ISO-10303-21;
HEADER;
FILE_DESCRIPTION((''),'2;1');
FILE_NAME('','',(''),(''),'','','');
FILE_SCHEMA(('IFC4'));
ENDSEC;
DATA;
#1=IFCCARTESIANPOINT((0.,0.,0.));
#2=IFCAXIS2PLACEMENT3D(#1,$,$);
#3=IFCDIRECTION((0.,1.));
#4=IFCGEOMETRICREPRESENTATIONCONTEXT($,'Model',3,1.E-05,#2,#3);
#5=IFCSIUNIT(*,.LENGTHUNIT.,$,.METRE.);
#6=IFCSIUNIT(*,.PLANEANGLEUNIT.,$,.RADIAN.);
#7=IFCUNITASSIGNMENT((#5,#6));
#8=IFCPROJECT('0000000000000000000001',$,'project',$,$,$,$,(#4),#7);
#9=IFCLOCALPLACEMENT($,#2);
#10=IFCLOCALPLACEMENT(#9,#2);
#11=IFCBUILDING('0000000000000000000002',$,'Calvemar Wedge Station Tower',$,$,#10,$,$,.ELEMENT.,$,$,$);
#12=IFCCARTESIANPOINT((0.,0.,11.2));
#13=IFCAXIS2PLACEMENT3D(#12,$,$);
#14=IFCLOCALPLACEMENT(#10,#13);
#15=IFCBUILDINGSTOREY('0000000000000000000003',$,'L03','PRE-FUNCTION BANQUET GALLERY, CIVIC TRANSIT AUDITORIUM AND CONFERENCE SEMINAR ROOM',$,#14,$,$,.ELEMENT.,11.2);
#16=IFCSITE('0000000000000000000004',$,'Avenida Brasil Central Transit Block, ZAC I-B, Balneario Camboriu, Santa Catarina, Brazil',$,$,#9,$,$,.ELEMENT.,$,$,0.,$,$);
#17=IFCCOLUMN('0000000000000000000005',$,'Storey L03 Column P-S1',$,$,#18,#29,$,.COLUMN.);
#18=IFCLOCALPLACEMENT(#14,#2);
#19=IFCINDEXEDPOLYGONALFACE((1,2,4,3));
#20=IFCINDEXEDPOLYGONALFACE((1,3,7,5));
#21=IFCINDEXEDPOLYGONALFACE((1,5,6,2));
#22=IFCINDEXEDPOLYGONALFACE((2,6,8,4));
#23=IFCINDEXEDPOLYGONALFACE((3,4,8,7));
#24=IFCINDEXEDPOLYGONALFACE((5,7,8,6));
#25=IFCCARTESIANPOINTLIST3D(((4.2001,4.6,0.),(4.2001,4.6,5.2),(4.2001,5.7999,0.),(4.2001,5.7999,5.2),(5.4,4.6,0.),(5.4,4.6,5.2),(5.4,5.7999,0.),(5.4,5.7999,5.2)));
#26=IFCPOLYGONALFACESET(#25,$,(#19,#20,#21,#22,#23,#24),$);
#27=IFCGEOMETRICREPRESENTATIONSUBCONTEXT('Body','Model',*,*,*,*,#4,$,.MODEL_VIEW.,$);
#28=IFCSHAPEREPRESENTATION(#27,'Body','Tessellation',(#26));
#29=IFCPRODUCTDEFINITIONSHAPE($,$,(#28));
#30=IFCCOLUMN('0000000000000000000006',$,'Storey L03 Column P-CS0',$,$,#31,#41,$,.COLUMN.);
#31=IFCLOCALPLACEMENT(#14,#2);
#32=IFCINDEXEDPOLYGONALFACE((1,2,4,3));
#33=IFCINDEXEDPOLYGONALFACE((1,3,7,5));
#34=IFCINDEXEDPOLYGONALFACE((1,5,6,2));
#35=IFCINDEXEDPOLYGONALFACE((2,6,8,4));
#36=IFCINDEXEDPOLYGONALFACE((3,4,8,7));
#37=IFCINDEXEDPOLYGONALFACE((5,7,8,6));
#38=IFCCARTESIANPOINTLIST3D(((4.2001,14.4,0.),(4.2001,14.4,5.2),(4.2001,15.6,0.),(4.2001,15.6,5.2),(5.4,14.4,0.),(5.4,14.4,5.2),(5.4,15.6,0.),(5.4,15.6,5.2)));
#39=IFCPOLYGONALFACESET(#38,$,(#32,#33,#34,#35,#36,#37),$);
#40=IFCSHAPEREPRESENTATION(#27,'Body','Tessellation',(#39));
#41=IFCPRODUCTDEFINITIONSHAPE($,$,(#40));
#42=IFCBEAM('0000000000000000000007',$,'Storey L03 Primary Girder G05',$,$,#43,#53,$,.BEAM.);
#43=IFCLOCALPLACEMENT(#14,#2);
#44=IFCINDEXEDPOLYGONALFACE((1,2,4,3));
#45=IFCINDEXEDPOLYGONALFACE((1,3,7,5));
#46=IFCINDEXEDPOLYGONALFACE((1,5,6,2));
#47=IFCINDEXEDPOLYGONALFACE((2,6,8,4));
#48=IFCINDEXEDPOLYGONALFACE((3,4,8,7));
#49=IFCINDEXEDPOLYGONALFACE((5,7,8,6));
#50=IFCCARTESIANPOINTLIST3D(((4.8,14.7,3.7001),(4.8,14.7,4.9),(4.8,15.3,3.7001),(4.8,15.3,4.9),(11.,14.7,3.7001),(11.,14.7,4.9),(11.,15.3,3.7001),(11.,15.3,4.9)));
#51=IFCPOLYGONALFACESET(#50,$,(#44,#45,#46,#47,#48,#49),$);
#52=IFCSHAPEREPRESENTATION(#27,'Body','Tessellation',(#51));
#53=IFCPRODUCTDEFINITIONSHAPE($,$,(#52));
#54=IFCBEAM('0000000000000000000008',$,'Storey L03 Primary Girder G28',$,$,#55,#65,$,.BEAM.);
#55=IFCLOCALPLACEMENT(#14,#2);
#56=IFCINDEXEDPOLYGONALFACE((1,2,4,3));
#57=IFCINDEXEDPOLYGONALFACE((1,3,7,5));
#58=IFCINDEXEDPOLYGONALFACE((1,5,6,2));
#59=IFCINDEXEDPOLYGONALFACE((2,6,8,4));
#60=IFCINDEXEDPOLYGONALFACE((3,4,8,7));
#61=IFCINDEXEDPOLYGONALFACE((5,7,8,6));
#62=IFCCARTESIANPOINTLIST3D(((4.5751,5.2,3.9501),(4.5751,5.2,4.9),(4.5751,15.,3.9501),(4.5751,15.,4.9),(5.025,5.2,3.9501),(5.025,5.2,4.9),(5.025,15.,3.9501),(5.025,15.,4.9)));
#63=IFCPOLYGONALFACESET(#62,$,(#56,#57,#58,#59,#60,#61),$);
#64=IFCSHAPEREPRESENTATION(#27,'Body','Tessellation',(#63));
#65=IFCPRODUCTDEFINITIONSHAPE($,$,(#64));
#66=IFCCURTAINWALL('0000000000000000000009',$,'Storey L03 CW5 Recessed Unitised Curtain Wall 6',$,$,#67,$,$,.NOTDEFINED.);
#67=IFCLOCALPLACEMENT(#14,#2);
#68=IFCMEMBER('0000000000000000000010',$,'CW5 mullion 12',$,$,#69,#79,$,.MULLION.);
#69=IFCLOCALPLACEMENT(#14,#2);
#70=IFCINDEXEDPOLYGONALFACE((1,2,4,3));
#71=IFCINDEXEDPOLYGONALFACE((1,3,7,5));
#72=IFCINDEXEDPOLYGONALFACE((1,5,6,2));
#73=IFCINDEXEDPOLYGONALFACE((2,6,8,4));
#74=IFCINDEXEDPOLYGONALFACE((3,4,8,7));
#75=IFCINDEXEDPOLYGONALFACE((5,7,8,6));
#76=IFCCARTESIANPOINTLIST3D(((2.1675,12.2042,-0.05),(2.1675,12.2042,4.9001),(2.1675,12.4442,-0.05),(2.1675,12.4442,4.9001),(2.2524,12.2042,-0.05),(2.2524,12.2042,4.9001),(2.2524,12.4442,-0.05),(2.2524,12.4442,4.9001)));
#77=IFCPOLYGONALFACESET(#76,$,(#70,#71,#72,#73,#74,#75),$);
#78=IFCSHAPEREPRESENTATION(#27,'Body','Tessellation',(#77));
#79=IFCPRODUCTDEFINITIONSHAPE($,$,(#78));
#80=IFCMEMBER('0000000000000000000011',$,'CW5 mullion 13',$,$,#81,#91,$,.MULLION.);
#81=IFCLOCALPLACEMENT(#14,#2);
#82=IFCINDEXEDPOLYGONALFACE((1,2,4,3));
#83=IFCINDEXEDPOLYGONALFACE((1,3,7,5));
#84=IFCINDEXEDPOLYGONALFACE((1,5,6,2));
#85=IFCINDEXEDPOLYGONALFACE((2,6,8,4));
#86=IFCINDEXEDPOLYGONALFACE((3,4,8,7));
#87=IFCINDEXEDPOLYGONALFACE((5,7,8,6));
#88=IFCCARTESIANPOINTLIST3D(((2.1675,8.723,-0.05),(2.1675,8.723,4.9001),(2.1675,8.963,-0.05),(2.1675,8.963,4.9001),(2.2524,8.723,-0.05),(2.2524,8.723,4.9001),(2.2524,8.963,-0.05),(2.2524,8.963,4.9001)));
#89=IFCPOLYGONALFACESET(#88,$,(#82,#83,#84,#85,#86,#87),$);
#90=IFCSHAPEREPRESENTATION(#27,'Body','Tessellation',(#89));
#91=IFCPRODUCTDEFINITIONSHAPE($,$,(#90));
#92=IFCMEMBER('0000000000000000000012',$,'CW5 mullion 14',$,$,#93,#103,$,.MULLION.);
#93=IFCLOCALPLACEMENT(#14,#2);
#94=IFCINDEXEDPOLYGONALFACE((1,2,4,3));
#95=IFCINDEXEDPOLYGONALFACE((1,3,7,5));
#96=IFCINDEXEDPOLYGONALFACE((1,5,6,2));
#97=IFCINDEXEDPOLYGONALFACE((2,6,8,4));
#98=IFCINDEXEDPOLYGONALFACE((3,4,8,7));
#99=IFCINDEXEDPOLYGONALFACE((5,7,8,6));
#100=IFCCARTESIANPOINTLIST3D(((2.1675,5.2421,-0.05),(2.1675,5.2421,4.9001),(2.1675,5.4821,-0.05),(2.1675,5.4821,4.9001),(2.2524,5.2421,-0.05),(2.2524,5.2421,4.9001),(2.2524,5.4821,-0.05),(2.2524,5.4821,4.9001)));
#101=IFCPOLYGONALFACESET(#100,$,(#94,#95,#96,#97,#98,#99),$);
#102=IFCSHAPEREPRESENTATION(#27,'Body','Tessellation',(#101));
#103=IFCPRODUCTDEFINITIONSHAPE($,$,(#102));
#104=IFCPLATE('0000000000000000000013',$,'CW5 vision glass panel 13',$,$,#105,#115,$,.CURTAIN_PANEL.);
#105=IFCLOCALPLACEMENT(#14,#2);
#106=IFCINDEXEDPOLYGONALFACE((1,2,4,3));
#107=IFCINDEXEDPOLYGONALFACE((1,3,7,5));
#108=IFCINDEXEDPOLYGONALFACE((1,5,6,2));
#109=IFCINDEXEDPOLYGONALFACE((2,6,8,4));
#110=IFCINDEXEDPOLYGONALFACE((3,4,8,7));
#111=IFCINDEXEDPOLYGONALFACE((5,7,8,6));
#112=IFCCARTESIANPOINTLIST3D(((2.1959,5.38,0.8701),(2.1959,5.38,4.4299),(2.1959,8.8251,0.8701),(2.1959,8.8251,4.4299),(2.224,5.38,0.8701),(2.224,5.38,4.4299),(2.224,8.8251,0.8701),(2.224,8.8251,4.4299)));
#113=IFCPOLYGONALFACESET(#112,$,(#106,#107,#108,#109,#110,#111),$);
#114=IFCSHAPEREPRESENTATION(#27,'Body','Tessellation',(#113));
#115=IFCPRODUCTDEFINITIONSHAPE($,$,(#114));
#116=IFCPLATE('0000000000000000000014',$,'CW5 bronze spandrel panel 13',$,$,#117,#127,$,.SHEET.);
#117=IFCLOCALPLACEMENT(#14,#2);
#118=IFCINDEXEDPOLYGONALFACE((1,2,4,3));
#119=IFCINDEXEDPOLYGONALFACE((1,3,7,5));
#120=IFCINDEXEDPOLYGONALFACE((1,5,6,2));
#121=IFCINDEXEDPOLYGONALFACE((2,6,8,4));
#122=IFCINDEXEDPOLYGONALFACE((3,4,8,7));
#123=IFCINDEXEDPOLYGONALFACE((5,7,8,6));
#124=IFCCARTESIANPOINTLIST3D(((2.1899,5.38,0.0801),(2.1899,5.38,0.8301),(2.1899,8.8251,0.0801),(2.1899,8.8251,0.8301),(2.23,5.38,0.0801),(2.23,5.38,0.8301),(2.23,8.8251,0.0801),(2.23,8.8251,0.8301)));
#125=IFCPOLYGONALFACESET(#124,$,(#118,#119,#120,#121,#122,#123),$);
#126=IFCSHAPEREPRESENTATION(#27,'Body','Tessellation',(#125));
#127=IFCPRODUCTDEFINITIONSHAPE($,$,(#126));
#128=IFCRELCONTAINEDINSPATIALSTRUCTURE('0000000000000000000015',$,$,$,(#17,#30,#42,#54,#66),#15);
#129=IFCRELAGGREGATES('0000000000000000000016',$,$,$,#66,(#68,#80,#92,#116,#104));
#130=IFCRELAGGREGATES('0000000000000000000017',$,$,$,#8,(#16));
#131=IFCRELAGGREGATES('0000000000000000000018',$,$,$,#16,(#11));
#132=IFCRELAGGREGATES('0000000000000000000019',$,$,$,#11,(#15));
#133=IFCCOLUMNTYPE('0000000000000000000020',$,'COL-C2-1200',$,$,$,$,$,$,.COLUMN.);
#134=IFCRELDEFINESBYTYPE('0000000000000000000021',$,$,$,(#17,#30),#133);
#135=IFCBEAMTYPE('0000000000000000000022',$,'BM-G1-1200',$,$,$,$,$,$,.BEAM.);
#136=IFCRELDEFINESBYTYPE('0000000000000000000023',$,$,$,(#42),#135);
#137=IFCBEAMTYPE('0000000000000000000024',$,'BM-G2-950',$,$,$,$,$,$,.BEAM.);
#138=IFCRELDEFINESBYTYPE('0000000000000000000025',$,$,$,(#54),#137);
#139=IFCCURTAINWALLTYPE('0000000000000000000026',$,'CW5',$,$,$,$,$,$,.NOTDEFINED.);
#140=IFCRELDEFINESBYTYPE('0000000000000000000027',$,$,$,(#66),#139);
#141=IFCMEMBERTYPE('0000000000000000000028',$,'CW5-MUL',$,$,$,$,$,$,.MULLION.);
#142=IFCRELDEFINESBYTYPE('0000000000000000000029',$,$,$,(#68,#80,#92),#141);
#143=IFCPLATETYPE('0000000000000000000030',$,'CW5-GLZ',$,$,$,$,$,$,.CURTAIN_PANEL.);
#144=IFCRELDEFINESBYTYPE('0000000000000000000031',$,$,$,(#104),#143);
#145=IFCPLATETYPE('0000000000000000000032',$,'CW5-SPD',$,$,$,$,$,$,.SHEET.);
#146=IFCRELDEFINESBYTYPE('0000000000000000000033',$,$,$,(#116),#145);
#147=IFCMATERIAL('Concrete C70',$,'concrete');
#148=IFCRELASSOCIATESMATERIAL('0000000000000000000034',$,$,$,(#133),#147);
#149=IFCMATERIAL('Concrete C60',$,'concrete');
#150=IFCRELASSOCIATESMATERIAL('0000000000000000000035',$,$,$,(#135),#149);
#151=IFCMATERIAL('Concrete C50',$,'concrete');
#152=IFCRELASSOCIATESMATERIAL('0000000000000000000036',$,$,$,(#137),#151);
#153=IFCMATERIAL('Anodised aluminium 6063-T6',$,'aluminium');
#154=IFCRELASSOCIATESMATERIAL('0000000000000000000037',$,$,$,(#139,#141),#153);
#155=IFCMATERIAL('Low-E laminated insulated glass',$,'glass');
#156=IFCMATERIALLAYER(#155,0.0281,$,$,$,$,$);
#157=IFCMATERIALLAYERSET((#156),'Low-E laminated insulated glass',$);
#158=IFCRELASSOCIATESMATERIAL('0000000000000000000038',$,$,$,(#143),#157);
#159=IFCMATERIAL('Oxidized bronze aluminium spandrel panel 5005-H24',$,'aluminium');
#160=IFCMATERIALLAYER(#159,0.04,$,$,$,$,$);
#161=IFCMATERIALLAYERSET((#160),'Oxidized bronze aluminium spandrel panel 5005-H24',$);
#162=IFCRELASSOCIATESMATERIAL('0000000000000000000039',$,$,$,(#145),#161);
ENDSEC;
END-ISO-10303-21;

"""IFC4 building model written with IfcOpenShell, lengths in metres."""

from ifc_helpers import new_model, si_unit, direction, frame, frame_2d, origin, origin_2d, place, context, subcontext, project, spatial, rectangle, extrude, source, transform, mapped, material, layer, layer_set, material_profile, profile_set, type_object, element, aggregate, save


model = new_model("IFC4")

# Units and contexts
model_context = context("Model", 3, precision=1e-05, world=origin(), true_north=direction((0.0, 1.0)))
body_context = subcontext(model_context, "Body", "Model", "MODEL_VIEW")
ifc_project = project(units=[si_unit("LENGTHUNIT", "METRE"), si_unit("PLANEANGLEUNIT", "RADIAN")], contexts=[model_context])

# Site, building, storey
site_placement = place(None, origin())
site = spatial("IfcSite", under=ifc_project, at=site_placement, Name="Avenida Brasil Central Transit Block, ZAC I-B, Balneario Camboriu, Santa Catarina, Brazil", CompositionType="ELEMENT", RefElevation=0.0)
building_placement = place(site_placement, origin())
building = spatial("IfcBuilding", under=site, at=building_placement, Name="Calvemar Wedge Station Tower", CompositionType="ELEMENT")
storey_placement = place(building_placement, frame((0.0, 0.0, 11.2)))
storey = spatial("IfcBuildingStorey", under=building, at=storey_placement, Name="L03", Description="PRE-FUNCTION BANQUET GALLERY, CIVIC TRANSIT AUDITORIUM AND CONFERENCE SEMINAR ROOM", CompositionType="ELEMENT", Elevation=11.2)

# Columns
ifc_material_1 = material(Name="Concrete C70", Category="concrete")
ifc_material_profile_1 = material_profile(ifc_material_1, rectangle(XDim=1.2, YDim=1.2, at=origin_2d()), Name="RC1200x1200")
ifc_profile_set_1 = profile_set([ifc_material_profile_1], Name="Concrete C70")
column_type = type_object("IfcColumnType", Name="COL-C2-1200", PredefinedType="COLUMN", material=ifc_profile_set_1)
shared_shape_1 = source(origin(), body_context, "Body", "SweptSolid", [
    extrude(rectangle(XDim=1.2, YDim=1.2, at=origin_2d()), origin(), (0.0, 0.0, 1.0), 5.2),
])
for number, where, z_axis, x_axis, name in (
    (1, (4.8, 5.2, 0.0), (0.0, 0.0, 1.0), (1.0, 0.0, 0.0), "Storey L03 Column P-S1"),
    (2, (4.8, 15.0, 0.0), (0.0, 0.0, 1.0), (1.0, 0.0, 0.0), "Storey L03 Column P-CS0"),
):
    element("IfcColumn", number, at=place(storey_placement, frame(where, z_axis=z_axis, x_axis=x_axis)), inside=storey, type_object=column_type, Name=name, PredefinedType="COLUMN", context=body_context, shape_type="MappedRepresentation", body=[
        mapped(shared_shape_1, transform((0.0, 0.0, 0.0), scale=1.0)),
    ])

# Beams
ifc_material_2 = material(Name="Concrete C60", Category="concrete")
ifc_material_profile_2 = material_profile(ifc_material_2, rectangle(XDim=0.6001, YDim=1.2, at=origin_2d()), Name="RC600x1200")
ifc_profile_set_2 = profile_set([ifc_material_profile_2], Name="Concrete C60")
beam_type_1 = type_object("IfcBeamType", Name="BM-G1-1200", PredefinedType="BEAM", material=ifc_profile_set_2)
shared_shape_2 = source(origin(), body_context, "Body", "SweptSolid", [
    extrude(rectangle(XDim=0.6001, YDim=1.2, at=origin_2d()), origin(), (0.0, 0.0, 1.0), 6.2),
])
beam_1_placement = place(storey_placement, frame((4.8, 15.0, 4.3), z_axis=(1.0, 0.0, 0.0), x_axis=(0.0, 1.0, 0.0)))
element("IfcBeam", 3, at=beam_1_placement, inside=storey, type_object=beam_type_1, Name="Storey L03 Primary Girder G05", PredefinedType="BEAM", context=body_context, shape_type="MappedRepresentation", body=[
    mapped(shared_shape_2, transform((0.0, 0.0, 0.0), scale=1.0)),
])
ifc_material_3 = material(Name="Concrete C50", Category="concrete")
ifc_material_profile_3 = material_profile(ifc_material_3, rectangle(XDim=0.45, YDim=0.95, at=origin_2d()), Name="RC450x950")
ifc_profile_set_3 = profile_set([ifc_material_profile_3], Name="Concrete C50")
beam_type_2 = type_object("IfcBeamType", Name="BM-G2-950", PredefinedType="BEAM", material=ifc_profile_set_3)
shared_shape_3 = source(origin(), body_context, "Body", "SweptSolid", [
    extrude(rectangle(XDim=0.45, YDim=0.95, at=origin_2d()), origin(), (0.0, 0.0, 1.0), 9.8),
])
beam_2_placement = place(storey_placement, frame((4.8, 5.2, 4.425), z_axis=(0.0, 1.0, 0.0), x_axis=(-1.0, 0.0, 0.0)))
element("IfcBeam", 4, at=beam_2_placement, inside=storey, type_object=beam_type_2, Name="Storey L03 Primary Girder G28", PredefinedType="BEAM", context=body_context, shape_type="MappedRepresentation", body=[
    mapped(shared_shape_3, transform((0.0, 0.0, 0.0), scale=1.0)),
])

# Curtain wall, members, plates
ifc_material_4 = material(Name="Anodised aluminium 6063-T6", Category="aluminium")
curtain_wall_type = type_object("IfcCurtainWallType", Name="CW5", PredefinedType="NOTDEFINED", material=ifc_material_4)
curtain_wall_placement = place(storey_placement, origin())
curtain_wall = element("IfcCurtainWall", 5, at=curtain_wall_placement, inside=storey, type_object=curtain_wall_type, Name="Storey L03 CW5 Recessed Unitised Curtain Wall 6", PredefinedType="NOTDEFINED")
ifc_material_profile_4 = material_profile(ifc_material_4, rectangle(XDim=0.085, YDim=0.24, at=origin_2d()), Name="AL-MUL-85x240")
ifc_profile_set_4 = profile_set([ifc_material_profile_4], Name="Anodised aluminium 6063-T6")
member_type = type_object("IfcMemberType", Name="CW5-MUL", PredefinedType="MULLION", material=ifc_profile_set_4)
shared_shape_4 = source(origin(), body_context, "Body", "SweptSolid", [
    extrude(rectangle(XDim=0.085, YDim=0.24, at=origin_2d()), origin(), (0.0, 0.0, 1.0), 4.9502),
])
member_1_placement = place(storey_placement, frame((2.21, 12.3242, -0.05), z_axis=(0.0, 0.0, 1.0), x_axis=(1.0, 0.0, 0.0)))
member_1 = element("IfcMember", 6, at=member_1_placement, type_object=member_type, Name="CW5 mullion 12", PredefinedType="MULLION", context=body_context, shape_type="MappedRepresentation", body=[
    mapped(shared_shape_4, transform((0.0, 0.0, 0.0), scale=1.0)),
])
member_2_placement = place(storey_placement, frame((2.21, 8.843, -0.05), z_axis=(0.0, 0.0, 1.0), x_axis=(1.0, 0.0, 0.0)))
member_2 = element("IfcMember", 7, at=member_2_placement, type_object=member_type, Name="CW5 mullion 13", PredefinedType="MULLION", context=body_context, shape_type="MappedRepresentation", body=[
    mapped(shared_shape_4, transform((0.0, 0.0, 0.0), scale=1.0)),
])
member_3_placement = place(storey_placement, frame((2.21, 5.3621, -0.05), z_axis=(0.0, 0.0, 1.0), x_axis=(1.0, 0.0, 0.0)))
member_3 = element("IfcMember", 8, at=member_3_placement, type_object=member_type, Name="CW5 mullion 14", PredefinedType="MULLION", context=body_context, shape_type="MappedRepresentation", body=[
    mapped(shared_shape_4, transform((0.0, 0.0, 0.0), scale=1.0)),
])
ifc_material_5 = material(Name="Low-E laminated insulated glass", Category="glass")
ifc_layer_1 = layer(ifc_material_5, 0.0281)
ifc_layer_set_1 = layer_set([ifc_layer_1], Name="Low-E laminated insulated glass")
plate_type_1 = type_object("IfcPlateType", Name="CW5-GLZ", PredefinedType="CURTAIN_PANEL", material=ifc_layer_set_1)
plate_1_placement = place(storey_placement, frame((2.21, 8.8252, 0.8701), z_axis=(0.0, 0.0, 1.0), x_axis=(0.0, -1.0, 0.0)))
plate_1 = element("IfcPlate", 9, at=plate_1_placement, type_object=plate_type_1, Name="CW5 vision glass panel 13", PredefinedType="CURTAIN_PANEL", context=body_context, shape_type="SweptSolid", body=[
    extrude(rectangle(XDim=3.4451, YDim=0.0281, at=frame_2d((1.7227, 0.0))), origin(), (0.0, 0.0, 1.0), 3.5598),
])
ifc_material_6 = material(Name="Oxidized bronze aluminium spandrel panel 5005-H24", Category="aluminium")
ifc_layer_2 = layer(ifc_material_6, 0.04)
ifc_layer_set_2 = layer_set([ifc_layer_2], Name="Oxidized bronze aluminium spandrel panel 5005-H24")
plate_type_2 = type_object("IfcPlateType", Name="CW5-SPD", PredefinedType="SHEET", material=ifc_layer_set_2)
plate_2_placement = place(storey_placement, frame((2.21, 8.8252, 0.0801), z_axis=(0.0, 0.0, 1.0), x_axis=(0.0, -1.0, 0.0)))
plate_2 = element("IfcPlate", 10, at=plate_2_placement, type_object=plate_type_2, Name="CW5 bronze spandrel panel 13", PredefinedType="SHEET", context=body_context, shape_type="SweptSolid", body=[
    extrude(rectangle(XDim=3.4451, YDim=0.04, at=frame_2d((1.7227, 0.0))), origin(), (0.0, 0.0, 1.0), 0.75),
])
aggregate(curtain_wall, [member_1, member_2, member_3, plate_2, plate_1])

save(model, "model.ifc")
